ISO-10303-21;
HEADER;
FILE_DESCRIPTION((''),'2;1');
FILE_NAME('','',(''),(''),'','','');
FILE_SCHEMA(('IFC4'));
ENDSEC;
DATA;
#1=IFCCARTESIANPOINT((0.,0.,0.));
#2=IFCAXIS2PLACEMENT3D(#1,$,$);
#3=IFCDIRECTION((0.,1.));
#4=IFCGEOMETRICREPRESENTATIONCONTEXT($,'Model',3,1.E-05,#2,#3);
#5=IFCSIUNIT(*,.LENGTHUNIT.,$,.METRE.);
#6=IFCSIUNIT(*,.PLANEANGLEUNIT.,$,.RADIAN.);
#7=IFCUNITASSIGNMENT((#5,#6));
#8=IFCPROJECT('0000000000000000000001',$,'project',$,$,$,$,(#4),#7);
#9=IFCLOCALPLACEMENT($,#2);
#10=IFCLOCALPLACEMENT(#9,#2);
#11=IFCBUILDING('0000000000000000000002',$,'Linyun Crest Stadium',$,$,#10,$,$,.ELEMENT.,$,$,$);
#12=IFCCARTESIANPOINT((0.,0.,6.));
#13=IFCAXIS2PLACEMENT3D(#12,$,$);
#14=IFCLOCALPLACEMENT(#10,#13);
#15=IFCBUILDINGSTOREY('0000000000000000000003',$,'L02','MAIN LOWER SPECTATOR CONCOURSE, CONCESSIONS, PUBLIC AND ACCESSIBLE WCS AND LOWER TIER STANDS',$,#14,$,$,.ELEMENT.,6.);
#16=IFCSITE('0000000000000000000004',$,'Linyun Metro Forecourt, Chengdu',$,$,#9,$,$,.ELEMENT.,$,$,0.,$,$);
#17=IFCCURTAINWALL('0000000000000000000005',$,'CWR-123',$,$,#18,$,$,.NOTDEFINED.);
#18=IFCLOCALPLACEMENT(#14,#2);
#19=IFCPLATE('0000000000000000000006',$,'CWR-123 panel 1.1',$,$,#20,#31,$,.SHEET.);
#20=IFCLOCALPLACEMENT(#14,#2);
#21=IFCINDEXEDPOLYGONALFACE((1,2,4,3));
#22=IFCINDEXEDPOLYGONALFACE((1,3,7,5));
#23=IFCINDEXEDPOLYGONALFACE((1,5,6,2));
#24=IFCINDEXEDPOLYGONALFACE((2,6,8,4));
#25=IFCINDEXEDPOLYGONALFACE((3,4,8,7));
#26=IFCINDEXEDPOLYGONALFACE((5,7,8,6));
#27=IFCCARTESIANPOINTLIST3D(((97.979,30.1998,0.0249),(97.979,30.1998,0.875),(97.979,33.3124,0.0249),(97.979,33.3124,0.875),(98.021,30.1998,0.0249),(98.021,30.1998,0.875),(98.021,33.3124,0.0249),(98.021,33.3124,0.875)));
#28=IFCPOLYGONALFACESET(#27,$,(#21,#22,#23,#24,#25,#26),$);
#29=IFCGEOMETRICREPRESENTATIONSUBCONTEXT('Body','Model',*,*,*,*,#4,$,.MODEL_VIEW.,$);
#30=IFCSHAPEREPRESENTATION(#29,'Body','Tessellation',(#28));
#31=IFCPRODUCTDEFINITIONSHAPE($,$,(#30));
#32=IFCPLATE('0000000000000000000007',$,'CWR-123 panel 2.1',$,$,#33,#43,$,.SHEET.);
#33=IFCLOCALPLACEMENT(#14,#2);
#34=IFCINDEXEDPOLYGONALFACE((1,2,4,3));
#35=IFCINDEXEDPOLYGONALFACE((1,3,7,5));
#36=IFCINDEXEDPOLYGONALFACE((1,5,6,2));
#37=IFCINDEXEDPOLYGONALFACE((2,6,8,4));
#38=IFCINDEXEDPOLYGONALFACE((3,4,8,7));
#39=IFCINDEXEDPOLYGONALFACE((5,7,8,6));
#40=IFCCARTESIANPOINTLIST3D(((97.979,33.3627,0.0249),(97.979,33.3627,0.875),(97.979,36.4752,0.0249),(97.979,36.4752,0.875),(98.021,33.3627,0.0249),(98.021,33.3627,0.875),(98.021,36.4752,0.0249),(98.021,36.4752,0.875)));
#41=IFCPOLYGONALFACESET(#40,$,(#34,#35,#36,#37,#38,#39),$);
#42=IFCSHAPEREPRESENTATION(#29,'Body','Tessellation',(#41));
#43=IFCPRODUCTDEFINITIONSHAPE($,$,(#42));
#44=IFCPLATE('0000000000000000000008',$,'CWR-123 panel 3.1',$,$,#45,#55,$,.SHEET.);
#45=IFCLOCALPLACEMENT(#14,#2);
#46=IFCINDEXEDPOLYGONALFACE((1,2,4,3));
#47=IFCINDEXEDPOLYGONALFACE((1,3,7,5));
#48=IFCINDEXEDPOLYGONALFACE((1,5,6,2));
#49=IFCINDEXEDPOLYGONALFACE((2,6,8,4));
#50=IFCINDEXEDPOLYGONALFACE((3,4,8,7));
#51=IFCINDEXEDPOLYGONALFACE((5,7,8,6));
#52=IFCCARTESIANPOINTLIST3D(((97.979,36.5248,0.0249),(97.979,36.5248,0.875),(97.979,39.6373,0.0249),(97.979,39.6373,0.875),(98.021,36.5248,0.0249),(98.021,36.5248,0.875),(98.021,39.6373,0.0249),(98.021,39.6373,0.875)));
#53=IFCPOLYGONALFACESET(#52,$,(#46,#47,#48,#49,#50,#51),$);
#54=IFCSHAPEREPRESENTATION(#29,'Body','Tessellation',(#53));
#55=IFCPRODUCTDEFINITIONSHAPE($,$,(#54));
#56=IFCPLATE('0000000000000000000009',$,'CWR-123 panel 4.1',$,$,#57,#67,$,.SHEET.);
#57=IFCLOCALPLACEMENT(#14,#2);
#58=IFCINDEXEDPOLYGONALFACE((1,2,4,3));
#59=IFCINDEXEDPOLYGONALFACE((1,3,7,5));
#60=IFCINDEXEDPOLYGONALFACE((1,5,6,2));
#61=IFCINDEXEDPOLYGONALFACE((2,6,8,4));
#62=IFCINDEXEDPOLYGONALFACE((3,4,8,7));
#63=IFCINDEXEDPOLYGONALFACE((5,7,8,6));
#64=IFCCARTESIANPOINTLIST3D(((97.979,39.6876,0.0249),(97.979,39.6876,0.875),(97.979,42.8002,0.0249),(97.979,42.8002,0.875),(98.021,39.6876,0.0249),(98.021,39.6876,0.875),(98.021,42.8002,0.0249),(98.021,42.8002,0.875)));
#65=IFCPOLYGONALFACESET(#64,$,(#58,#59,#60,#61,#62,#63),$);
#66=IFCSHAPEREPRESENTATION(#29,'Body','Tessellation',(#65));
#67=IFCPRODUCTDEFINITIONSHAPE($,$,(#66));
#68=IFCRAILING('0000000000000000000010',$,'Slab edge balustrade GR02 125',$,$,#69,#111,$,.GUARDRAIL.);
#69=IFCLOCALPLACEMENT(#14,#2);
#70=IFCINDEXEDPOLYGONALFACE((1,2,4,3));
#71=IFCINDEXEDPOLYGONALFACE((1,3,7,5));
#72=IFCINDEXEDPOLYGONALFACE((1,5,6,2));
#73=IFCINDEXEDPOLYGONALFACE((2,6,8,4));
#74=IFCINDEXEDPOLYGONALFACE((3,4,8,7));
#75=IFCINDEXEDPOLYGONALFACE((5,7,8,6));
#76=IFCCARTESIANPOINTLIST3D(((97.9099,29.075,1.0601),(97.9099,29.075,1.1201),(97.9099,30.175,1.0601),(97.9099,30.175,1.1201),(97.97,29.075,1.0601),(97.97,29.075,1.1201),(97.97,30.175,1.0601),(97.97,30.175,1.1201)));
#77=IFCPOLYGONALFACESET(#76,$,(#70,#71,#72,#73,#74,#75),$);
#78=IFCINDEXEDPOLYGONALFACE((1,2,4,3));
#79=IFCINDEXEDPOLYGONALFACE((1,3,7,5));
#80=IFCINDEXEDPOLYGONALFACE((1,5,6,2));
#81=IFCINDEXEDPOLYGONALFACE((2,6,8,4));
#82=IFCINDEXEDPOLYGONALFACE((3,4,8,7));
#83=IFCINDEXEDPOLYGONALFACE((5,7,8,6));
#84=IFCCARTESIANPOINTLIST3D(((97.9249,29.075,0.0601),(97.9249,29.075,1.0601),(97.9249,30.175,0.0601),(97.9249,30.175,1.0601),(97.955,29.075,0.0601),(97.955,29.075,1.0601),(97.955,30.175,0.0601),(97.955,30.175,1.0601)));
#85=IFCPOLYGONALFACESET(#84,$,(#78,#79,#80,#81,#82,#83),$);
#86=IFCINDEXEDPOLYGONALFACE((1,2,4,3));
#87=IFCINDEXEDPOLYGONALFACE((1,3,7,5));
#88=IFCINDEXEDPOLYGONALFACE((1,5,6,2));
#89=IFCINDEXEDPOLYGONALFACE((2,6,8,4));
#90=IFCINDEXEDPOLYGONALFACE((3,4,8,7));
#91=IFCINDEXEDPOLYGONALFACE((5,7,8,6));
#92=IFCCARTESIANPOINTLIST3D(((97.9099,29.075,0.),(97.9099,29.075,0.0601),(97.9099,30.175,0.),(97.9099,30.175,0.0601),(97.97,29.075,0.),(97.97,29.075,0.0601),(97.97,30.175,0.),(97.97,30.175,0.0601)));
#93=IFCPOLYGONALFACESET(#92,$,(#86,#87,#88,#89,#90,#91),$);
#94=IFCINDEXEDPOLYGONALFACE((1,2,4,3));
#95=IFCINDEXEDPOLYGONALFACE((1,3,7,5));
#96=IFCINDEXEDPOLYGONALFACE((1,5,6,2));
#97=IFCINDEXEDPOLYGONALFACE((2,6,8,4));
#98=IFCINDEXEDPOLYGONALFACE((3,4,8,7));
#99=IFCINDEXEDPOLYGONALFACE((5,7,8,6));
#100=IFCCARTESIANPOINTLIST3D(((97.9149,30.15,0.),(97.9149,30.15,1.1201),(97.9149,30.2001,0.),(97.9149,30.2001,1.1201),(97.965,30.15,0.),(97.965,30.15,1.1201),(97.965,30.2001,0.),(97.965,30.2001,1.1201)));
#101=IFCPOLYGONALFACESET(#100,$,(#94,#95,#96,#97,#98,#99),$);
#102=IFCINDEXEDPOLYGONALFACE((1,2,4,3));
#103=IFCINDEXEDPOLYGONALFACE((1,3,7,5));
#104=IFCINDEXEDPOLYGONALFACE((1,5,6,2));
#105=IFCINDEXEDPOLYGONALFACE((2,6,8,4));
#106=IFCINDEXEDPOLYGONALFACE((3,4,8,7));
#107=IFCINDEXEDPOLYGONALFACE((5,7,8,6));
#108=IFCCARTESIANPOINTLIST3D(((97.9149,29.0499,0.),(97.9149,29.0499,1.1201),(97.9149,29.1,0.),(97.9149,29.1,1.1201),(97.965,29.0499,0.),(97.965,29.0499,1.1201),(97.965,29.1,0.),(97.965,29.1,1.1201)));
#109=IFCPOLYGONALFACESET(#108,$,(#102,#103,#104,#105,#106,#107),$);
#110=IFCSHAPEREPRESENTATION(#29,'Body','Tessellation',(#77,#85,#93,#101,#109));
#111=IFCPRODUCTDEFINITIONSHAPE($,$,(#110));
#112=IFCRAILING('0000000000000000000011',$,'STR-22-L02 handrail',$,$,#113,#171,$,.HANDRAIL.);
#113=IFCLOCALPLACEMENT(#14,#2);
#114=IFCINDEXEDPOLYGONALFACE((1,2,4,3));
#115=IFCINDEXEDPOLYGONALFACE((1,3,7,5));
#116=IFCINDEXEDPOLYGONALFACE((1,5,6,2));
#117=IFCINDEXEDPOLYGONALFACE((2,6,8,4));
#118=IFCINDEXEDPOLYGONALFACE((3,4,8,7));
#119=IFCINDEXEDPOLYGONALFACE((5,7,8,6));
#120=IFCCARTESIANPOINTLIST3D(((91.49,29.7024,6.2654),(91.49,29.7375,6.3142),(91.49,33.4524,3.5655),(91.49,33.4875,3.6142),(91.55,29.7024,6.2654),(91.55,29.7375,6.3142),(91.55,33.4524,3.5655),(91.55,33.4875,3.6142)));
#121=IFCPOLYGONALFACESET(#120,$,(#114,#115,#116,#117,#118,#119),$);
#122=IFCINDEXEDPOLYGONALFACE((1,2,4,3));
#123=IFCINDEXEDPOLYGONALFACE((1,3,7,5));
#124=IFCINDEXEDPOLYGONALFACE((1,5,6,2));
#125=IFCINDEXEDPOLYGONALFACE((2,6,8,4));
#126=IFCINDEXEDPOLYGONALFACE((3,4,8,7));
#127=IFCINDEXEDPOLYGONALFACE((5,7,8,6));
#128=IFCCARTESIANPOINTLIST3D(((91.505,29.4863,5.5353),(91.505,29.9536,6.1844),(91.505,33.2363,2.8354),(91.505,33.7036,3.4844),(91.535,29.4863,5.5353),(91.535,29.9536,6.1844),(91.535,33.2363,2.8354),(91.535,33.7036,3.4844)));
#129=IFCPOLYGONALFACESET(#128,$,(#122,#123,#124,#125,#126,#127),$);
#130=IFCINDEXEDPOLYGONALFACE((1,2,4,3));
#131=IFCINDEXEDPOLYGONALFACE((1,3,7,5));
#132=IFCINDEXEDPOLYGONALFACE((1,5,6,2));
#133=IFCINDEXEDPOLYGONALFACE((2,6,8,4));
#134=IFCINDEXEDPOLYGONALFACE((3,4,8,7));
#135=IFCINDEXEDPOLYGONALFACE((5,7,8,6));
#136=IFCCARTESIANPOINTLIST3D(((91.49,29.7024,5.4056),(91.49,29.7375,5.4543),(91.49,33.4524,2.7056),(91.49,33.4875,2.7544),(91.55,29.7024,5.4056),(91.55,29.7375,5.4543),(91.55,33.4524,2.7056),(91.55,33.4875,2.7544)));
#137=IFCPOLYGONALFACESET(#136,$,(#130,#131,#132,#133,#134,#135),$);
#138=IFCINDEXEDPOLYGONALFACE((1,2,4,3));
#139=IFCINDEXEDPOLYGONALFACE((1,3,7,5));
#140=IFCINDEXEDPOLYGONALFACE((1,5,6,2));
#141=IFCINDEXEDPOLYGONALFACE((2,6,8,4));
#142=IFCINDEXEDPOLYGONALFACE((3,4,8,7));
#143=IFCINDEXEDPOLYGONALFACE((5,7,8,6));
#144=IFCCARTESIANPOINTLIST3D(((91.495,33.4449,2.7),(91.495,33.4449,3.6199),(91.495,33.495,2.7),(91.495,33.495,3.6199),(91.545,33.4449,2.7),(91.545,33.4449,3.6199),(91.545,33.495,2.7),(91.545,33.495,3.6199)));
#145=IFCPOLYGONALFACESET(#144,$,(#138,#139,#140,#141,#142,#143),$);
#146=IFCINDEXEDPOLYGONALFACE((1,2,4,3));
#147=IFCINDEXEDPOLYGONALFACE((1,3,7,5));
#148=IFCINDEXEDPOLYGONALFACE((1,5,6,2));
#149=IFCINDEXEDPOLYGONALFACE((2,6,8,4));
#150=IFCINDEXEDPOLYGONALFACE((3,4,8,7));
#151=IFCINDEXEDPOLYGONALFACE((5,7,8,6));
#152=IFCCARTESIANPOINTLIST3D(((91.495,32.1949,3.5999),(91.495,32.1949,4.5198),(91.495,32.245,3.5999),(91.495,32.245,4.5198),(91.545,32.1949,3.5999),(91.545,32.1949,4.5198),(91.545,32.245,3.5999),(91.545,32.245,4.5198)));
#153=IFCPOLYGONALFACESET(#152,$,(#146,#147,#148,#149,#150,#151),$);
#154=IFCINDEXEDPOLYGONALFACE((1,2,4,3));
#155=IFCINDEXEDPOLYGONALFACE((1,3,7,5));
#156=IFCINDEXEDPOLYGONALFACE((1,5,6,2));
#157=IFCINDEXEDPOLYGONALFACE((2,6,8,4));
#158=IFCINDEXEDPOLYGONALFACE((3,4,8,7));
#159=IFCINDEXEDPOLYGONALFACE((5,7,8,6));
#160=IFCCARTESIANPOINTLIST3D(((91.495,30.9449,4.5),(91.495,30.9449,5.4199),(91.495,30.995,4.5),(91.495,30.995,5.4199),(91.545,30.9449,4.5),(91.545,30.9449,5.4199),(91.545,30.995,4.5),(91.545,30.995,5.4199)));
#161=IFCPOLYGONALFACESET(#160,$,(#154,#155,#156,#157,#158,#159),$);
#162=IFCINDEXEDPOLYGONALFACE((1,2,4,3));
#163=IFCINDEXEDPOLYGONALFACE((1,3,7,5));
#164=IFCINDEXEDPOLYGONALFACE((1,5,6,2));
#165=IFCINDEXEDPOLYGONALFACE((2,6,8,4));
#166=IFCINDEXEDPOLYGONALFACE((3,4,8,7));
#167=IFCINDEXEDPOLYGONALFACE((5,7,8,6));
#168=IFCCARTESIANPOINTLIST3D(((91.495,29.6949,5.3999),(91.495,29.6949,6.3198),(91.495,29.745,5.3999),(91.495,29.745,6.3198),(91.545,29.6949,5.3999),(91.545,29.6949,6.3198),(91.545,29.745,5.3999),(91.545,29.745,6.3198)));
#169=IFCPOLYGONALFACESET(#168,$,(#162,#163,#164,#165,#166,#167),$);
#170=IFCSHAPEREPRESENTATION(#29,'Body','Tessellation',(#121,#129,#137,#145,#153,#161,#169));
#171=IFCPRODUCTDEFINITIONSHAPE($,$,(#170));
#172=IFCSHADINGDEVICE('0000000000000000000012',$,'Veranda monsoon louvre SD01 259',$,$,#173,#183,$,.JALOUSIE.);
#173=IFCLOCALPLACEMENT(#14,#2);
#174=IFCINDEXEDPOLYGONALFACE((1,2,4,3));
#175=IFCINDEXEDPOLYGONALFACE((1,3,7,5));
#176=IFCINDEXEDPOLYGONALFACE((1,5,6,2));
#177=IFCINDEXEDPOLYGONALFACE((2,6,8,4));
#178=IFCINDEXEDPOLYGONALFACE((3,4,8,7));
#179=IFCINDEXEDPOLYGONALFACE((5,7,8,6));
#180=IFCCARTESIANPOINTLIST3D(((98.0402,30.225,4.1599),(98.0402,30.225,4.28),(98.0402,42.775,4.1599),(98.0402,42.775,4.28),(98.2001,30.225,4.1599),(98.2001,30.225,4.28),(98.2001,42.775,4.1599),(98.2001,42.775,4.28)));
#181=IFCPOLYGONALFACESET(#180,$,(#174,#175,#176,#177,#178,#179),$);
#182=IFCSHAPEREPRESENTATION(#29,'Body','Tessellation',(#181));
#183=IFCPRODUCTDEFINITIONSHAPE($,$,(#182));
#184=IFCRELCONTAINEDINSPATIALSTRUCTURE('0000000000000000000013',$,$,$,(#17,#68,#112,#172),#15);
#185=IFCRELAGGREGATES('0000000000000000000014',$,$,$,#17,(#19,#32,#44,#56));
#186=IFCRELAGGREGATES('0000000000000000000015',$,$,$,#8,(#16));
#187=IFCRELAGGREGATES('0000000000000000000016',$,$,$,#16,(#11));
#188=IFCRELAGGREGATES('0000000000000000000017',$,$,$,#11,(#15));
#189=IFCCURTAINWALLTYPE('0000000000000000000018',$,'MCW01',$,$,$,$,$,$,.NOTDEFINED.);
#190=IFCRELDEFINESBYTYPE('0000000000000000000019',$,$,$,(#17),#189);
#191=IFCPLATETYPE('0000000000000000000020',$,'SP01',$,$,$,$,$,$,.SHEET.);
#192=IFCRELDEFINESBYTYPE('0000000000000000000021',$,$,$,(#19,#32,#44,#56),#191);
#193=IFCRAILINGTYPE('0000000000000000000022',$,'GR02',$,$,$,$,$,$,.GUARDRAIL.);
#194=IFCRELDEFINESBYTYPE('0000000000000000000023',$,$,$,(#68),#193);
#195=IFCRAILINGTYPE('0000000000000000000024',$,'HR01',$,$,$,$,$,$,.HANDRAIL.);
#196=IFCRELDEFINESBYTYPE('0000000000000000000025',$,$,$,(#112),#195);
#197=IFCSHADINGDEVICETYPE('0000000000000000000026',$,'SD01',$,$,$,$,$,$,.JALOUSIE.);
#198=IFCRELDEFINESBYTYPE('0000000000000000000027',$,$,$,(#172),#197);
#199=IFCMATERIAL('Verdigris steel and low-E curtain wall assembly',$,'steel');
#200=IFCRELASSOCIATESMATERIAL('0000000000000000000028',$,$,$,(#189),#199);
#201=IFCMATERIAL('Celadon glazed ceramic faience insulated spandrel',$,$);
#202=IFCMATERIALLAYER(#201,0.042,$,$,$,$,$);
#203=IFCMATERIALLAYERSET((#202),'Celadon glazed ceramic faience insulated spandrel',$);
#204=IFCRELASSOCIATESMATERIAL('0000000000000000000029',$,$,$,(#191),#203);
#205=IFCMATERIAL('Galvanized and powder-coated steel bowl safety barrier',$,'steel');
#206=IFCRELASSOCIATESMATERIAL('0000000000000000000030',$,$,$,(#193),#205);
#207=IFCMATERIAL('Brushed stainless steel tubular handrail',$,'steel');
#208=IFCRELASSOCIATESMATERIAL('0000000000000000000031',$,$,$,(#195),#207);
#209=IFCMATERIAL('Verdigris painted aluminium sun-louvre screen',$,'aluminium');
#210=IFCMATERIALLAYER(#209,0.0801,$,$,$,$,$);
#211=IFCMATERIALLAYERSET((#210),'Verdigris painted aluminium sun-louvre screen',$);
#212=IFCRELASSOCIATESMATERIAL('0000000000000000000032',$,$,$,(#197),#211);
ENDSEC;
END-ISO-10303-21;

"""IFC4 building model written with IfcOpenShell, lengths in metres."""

from ifc_helpers import new_model, si_unit, direction, frame, origin, origin_2d, place, context, subcontext, project, spatial, rectangle, extrude, material, layer, layer_set, type_object, element, aggregate, save


model = new_model("IFC4")

# Units and contexts
model_context = context("Model", 3, precision=1e-05, world=origin(), true_north=direction((0.0, 1.0)))
body_context = subcontext(model_context, "Body", "Model", "MODEL_VIEW")
ifc_project = project(units=[si_unit("LENGTHUNIT", "METRE"), si_unit("PLANEANGLEUNIT", "RADIAN")], contexts=[model_context])

# Site, building, storey
site_placement = place(None, origin())
site = spatial("IfcSite", under=ifc_project, at=site_placement, Name="Linyun Metro Forecourt, Chengdu", CompositionType="ELEMENT", RefElevation=0.0)
building_placement = place(site_placement, origin())
building = spatial("IfcBuilding", under=site, at=building_placement, Name="Linyun Crest Stadium", CompositionType="ELEMENT")
storey_placement = place(building_placement, frame((0.0, 0.0, 6.0)))
storey = spatial("IfcBuildingStorey", under=building, at=storey_placement, Name="L02", Description="MAIN LOWER SPECTATOR CONCOURSE, CONCESSIONS, PUBLIC AND ACCESSIBLE WCS AND LOWER TIER STANDS", CompositionType="ELEMENT", Elevation=6.0)

# Curtain wall, plates
ifc_material_1 = material(Name="Verdigris steel and low-E curtain wall assembly", Category="steel")
curtain_wall_type = type_object("IfcCurtainWallType", Name="MCW01", PredefinedType="NOTDEFINED", material=ifc_material_1)
curtain_wall_placement = place(storey_placement, origin())
curtain_wall = element("IfcCurtainWall", 1, at=curtain_wall_placement, inside=storey, type_object=curtain_wall_type, Name="CWR-123", PredefinedType="NOTDEFINED")
ifc_material_2 = material(Name="Celadon glazed ceramic faience insulated spandrel")
ifc_layer_1 = layer(ifc_material_2, 0.042)
ifc_layer_set_1 = layer_set([ifc_layer_1], Name="Celadon glazed ceramic faience insulated spandrel")
plate_type_1 = type_object("IfcPlateType", Name="SP01", PredefinedType="SHEET", material=ifc_layer_set_1)
plate_1_placement = place(storey_placement, frame((98.0, 31.7561, 0.0249), z_axis=(0.0, 0.0, 1.0), x_axis=(0.0, 1.0, 0.0)))
plate_1 = element("IfcPlate", 2, at=plate_1_placement, type_object=plate_type_1, Name="CWR-123 panel 1.1", PredefinedType="SHEET", context=body_context, shape_type="SweptSolid", body=[
    extrude(rectangle(XDim=3.1125, YDim=0.042, at=origin_2d()), origin(), (0.0, 0.0, 1.0), 0.8501),
])
plate_2_placement = place(storey_placement, frame((98.0, 34.9189, 0.0249), z_axis=(0.0, 0.0, 1.0), x_axis=(0.0, 1.0, 0.0)))
plate_2 = element("IfcPlate", 3, at=plate_2_placement, type_object=plate_type_1, Name="CWR-123 panel 2.1", PredefinedType="SHEET", context=body_context, shape_type="SweptSolid", body=[
    extrude(rectangle(XDim=3.1125, YDim=0.042, at=origin_2d()), origin(), (0.0, 0.0, 1.0), 0.8501),
])
plate_3_placement = place(storey_placement, frame((98.0, 38.0811, 0.0249), z_axis=(0.0, 0.0, 1.0), x_axis=(0.0, 1.0, 0.0)))
plate_3 = element("IfcPlate", 4, at=plate_3_placement, type_object=plate_type_1, Name="CWR-123 panel 3.1", PredefinedType="SHEET", context=body_context, shape_type="SweptSolid", body=[
    extrude(rectangle(XDim=3.1125, YDim=0.042, at=origin_2d()), origin(), (0.0, 0.0, 1.0), 0.8501),
])
plate_4_placement = place(storey_placement, frame((98.0, 41.2439, 0.0249), z_axis=(0.0, 0.0, 1.0), x_axis=(0.0, 1.0, 0.0)))
plate_4 = element("IfcPlate", 5, at=plate_4_placement, type_object=plate_type_1, Name="CWR-123 panel 4.1", PredefinedType="SHEET", context=body_context, shape_type="SweptSolid", body=[
    extrude(rectangle(XDim=3.1125, YDim=0.042, at=origin_2d()), origin(), (0.0, 0.0, 1.0), 0.8501),
])
aggregate(curtain_wall, [plate_1, plate_2, plate_3, plate_4])

# Railings
ifc_material_3 = material(Name="Galvanized and powder-coated steel bowl safety barrier", Category="steel")
railing_type_1 = type_object("IfcRailingType", Name="GR02", PredefinedType="GUARDRAIL", material=ifc_material_3)
railing_1_placement = place(storey_placement, frame((97.9399, 30.175, 0.0)))
element("IfcRailing", 6, at=railing_1_placement, inside=storey, type_object=railing_type_1, Name="Slab edge balustrade GR02 125", PredefinedType="GUARDRAIL", context=body_context, shape_type="SweptSolid", body=[
    extrude(rectangle(XDim=0.0601, YDim=0.0601, at=origin_2d()), frame((0.0, 0.0, 1.0901), z_axis=(0.0, -1.0, 0.0), x_axis=(1.0, 0.0, 0.0)), (0.0, 0.0, 1.0), 1.1001),
    extrude(rectangle(XDim=0.03, YDim=1.0, at=origin_2d()), frame((0.0, 0.0, 0.5601), z_axis=(0.0, -1.0, 0.0), x_axis=(1.0, 0.0, 0.0)), (0.0, 0.0, 1.0), 1.1001),
    extrude(rectangle(XDim=0.0601, YDim=0.0601, at=origin_2d()), frame((0.0, 0.0, 0.03), z_axis=(0.0, -1.0, 0.0), x_axis=(1.0, 0.0, 0.0)), (0.0, 0.0, 1.0), 1.1001),
    extrude(rectangle(XDim=0.05, YDim=0.05, at=origin_2d()), origin(), (0.0, 0.0, 1.0), 1.1201),
    extrude(rectangle(XDim=0.05, YDim=0.05, at=origin_2d()), frame((0.0, -1.1001, 0.0)), (0.0, 0.0, 1.0), 1.1201),
])
ifc_material_4 = material(Name="Brushed stainless steel tubular handrail", Category="steel")
railing_type_2 = type_object("IfcRailingType", Name="HR01", PredefinedType="HANDRAIL", material=ifc_material_4)
railing_2_placement = place(storey_placement, frame((91.52, 33.47, 2.7)))
element("IfcRailing", 7, at=railing_2_placement, inside=storey, type_object=railing_type_2, Name="STR-22-L02 handrail", PredefinedType="HANDRAIL", context=body_context, shape_type="SweptSolid", body=[
    extrude(rectangle(XDim=0.0601, YDim=0.0601, at=origin_2d()), frame((0.0, 0.0, 0.8899), z_axis=(0.0, -0.811539, 0.584298), x_axis=(1.0, 0.0, 0.0)), (0.0, 0.0, 1.0), 4.6208),
    extrude(rectangle(XDim=0.03, YDim=0.7998, at=origin_2d()), frame((0.0, 0.0, 0.46), z_axis=(0.0, -0.811539, 0.584298), x_axis=(1.0, 0.0, 0.0)), (0.0, 0.0, 1.0), 4.6208),
    extrude(rectangle(XDim=0.0601, YDim=0.0601, at=origin_2d()), frame((0.0, 0.0, 0.03), z_axis=(0.0, -0.811539, 0.584298), x_axis=(1.0, 0.0, 0.0)), (0.0, 0.0, 1.0), 4.6208),
    extrude(rectangle(XDim=0.05, YDim=0.05, at=origin_2d()), origin(), (0.0, 0.0, 1.0), 0.9199),
    extrude(rectangle(XDim=0.05, YDim=0.05, at=origin_2d()), frame((0.0, -1.25, 0.8999)), (0.0, 0.0, 1.0), 0.9199),
    extrude(rectangle(XDim=0.05, YDim=0.05, at=origin_2d()), frame((0.0, -2.5, 1.8)), (0.0, 0.0, 1.0), 0.9199),
    extrude(rectangle(XDim=0.05, YDim=0.05, at=origin_2d()), frame((0.0, -3.75, 2.7)), (0.0, 0.0, 1.0), 0.9199),
])

# Shading device
ifc_material_5 = material(Name="Verdigris painted aluminium sun-louvre screen", Category="aluminium")
ifc_layer_2 = layer(ifc_material_5, 0.0801)
ifc_layer_set_2 = layer_set([ifc_layer_2], Name="Verdigris painted aluminium sun-louvre screen")
shading_device_type = type_object("IfcShadingDeviceType", Name="SD01", PredefinedType="JALOUSIE", material=ifc_layer_set_2)
shading_device_placement = place(storey_placement, frame((98.1201, 36.5, 4.1599), z_axis=(0.0, 0.0, 1.0), x_axis=(1.0, 0.0, 0.0)))
element("IfcShadingDevice", 8, at=shading_device_placement, inside=storey, type_object=shading_device_type, Name="Veranda monsoon louvre SD01 259", PredefinedType="JALOUSIE", context=body_context, shape_type="SweptSolid", body=[
    extrude(rectangle(XDim=0.1599, YDim=12.55, at=origin_2d()), origin(), (0.0, 0.0, 1.0), 0.1201),
])

save(model, "model.ifc")
